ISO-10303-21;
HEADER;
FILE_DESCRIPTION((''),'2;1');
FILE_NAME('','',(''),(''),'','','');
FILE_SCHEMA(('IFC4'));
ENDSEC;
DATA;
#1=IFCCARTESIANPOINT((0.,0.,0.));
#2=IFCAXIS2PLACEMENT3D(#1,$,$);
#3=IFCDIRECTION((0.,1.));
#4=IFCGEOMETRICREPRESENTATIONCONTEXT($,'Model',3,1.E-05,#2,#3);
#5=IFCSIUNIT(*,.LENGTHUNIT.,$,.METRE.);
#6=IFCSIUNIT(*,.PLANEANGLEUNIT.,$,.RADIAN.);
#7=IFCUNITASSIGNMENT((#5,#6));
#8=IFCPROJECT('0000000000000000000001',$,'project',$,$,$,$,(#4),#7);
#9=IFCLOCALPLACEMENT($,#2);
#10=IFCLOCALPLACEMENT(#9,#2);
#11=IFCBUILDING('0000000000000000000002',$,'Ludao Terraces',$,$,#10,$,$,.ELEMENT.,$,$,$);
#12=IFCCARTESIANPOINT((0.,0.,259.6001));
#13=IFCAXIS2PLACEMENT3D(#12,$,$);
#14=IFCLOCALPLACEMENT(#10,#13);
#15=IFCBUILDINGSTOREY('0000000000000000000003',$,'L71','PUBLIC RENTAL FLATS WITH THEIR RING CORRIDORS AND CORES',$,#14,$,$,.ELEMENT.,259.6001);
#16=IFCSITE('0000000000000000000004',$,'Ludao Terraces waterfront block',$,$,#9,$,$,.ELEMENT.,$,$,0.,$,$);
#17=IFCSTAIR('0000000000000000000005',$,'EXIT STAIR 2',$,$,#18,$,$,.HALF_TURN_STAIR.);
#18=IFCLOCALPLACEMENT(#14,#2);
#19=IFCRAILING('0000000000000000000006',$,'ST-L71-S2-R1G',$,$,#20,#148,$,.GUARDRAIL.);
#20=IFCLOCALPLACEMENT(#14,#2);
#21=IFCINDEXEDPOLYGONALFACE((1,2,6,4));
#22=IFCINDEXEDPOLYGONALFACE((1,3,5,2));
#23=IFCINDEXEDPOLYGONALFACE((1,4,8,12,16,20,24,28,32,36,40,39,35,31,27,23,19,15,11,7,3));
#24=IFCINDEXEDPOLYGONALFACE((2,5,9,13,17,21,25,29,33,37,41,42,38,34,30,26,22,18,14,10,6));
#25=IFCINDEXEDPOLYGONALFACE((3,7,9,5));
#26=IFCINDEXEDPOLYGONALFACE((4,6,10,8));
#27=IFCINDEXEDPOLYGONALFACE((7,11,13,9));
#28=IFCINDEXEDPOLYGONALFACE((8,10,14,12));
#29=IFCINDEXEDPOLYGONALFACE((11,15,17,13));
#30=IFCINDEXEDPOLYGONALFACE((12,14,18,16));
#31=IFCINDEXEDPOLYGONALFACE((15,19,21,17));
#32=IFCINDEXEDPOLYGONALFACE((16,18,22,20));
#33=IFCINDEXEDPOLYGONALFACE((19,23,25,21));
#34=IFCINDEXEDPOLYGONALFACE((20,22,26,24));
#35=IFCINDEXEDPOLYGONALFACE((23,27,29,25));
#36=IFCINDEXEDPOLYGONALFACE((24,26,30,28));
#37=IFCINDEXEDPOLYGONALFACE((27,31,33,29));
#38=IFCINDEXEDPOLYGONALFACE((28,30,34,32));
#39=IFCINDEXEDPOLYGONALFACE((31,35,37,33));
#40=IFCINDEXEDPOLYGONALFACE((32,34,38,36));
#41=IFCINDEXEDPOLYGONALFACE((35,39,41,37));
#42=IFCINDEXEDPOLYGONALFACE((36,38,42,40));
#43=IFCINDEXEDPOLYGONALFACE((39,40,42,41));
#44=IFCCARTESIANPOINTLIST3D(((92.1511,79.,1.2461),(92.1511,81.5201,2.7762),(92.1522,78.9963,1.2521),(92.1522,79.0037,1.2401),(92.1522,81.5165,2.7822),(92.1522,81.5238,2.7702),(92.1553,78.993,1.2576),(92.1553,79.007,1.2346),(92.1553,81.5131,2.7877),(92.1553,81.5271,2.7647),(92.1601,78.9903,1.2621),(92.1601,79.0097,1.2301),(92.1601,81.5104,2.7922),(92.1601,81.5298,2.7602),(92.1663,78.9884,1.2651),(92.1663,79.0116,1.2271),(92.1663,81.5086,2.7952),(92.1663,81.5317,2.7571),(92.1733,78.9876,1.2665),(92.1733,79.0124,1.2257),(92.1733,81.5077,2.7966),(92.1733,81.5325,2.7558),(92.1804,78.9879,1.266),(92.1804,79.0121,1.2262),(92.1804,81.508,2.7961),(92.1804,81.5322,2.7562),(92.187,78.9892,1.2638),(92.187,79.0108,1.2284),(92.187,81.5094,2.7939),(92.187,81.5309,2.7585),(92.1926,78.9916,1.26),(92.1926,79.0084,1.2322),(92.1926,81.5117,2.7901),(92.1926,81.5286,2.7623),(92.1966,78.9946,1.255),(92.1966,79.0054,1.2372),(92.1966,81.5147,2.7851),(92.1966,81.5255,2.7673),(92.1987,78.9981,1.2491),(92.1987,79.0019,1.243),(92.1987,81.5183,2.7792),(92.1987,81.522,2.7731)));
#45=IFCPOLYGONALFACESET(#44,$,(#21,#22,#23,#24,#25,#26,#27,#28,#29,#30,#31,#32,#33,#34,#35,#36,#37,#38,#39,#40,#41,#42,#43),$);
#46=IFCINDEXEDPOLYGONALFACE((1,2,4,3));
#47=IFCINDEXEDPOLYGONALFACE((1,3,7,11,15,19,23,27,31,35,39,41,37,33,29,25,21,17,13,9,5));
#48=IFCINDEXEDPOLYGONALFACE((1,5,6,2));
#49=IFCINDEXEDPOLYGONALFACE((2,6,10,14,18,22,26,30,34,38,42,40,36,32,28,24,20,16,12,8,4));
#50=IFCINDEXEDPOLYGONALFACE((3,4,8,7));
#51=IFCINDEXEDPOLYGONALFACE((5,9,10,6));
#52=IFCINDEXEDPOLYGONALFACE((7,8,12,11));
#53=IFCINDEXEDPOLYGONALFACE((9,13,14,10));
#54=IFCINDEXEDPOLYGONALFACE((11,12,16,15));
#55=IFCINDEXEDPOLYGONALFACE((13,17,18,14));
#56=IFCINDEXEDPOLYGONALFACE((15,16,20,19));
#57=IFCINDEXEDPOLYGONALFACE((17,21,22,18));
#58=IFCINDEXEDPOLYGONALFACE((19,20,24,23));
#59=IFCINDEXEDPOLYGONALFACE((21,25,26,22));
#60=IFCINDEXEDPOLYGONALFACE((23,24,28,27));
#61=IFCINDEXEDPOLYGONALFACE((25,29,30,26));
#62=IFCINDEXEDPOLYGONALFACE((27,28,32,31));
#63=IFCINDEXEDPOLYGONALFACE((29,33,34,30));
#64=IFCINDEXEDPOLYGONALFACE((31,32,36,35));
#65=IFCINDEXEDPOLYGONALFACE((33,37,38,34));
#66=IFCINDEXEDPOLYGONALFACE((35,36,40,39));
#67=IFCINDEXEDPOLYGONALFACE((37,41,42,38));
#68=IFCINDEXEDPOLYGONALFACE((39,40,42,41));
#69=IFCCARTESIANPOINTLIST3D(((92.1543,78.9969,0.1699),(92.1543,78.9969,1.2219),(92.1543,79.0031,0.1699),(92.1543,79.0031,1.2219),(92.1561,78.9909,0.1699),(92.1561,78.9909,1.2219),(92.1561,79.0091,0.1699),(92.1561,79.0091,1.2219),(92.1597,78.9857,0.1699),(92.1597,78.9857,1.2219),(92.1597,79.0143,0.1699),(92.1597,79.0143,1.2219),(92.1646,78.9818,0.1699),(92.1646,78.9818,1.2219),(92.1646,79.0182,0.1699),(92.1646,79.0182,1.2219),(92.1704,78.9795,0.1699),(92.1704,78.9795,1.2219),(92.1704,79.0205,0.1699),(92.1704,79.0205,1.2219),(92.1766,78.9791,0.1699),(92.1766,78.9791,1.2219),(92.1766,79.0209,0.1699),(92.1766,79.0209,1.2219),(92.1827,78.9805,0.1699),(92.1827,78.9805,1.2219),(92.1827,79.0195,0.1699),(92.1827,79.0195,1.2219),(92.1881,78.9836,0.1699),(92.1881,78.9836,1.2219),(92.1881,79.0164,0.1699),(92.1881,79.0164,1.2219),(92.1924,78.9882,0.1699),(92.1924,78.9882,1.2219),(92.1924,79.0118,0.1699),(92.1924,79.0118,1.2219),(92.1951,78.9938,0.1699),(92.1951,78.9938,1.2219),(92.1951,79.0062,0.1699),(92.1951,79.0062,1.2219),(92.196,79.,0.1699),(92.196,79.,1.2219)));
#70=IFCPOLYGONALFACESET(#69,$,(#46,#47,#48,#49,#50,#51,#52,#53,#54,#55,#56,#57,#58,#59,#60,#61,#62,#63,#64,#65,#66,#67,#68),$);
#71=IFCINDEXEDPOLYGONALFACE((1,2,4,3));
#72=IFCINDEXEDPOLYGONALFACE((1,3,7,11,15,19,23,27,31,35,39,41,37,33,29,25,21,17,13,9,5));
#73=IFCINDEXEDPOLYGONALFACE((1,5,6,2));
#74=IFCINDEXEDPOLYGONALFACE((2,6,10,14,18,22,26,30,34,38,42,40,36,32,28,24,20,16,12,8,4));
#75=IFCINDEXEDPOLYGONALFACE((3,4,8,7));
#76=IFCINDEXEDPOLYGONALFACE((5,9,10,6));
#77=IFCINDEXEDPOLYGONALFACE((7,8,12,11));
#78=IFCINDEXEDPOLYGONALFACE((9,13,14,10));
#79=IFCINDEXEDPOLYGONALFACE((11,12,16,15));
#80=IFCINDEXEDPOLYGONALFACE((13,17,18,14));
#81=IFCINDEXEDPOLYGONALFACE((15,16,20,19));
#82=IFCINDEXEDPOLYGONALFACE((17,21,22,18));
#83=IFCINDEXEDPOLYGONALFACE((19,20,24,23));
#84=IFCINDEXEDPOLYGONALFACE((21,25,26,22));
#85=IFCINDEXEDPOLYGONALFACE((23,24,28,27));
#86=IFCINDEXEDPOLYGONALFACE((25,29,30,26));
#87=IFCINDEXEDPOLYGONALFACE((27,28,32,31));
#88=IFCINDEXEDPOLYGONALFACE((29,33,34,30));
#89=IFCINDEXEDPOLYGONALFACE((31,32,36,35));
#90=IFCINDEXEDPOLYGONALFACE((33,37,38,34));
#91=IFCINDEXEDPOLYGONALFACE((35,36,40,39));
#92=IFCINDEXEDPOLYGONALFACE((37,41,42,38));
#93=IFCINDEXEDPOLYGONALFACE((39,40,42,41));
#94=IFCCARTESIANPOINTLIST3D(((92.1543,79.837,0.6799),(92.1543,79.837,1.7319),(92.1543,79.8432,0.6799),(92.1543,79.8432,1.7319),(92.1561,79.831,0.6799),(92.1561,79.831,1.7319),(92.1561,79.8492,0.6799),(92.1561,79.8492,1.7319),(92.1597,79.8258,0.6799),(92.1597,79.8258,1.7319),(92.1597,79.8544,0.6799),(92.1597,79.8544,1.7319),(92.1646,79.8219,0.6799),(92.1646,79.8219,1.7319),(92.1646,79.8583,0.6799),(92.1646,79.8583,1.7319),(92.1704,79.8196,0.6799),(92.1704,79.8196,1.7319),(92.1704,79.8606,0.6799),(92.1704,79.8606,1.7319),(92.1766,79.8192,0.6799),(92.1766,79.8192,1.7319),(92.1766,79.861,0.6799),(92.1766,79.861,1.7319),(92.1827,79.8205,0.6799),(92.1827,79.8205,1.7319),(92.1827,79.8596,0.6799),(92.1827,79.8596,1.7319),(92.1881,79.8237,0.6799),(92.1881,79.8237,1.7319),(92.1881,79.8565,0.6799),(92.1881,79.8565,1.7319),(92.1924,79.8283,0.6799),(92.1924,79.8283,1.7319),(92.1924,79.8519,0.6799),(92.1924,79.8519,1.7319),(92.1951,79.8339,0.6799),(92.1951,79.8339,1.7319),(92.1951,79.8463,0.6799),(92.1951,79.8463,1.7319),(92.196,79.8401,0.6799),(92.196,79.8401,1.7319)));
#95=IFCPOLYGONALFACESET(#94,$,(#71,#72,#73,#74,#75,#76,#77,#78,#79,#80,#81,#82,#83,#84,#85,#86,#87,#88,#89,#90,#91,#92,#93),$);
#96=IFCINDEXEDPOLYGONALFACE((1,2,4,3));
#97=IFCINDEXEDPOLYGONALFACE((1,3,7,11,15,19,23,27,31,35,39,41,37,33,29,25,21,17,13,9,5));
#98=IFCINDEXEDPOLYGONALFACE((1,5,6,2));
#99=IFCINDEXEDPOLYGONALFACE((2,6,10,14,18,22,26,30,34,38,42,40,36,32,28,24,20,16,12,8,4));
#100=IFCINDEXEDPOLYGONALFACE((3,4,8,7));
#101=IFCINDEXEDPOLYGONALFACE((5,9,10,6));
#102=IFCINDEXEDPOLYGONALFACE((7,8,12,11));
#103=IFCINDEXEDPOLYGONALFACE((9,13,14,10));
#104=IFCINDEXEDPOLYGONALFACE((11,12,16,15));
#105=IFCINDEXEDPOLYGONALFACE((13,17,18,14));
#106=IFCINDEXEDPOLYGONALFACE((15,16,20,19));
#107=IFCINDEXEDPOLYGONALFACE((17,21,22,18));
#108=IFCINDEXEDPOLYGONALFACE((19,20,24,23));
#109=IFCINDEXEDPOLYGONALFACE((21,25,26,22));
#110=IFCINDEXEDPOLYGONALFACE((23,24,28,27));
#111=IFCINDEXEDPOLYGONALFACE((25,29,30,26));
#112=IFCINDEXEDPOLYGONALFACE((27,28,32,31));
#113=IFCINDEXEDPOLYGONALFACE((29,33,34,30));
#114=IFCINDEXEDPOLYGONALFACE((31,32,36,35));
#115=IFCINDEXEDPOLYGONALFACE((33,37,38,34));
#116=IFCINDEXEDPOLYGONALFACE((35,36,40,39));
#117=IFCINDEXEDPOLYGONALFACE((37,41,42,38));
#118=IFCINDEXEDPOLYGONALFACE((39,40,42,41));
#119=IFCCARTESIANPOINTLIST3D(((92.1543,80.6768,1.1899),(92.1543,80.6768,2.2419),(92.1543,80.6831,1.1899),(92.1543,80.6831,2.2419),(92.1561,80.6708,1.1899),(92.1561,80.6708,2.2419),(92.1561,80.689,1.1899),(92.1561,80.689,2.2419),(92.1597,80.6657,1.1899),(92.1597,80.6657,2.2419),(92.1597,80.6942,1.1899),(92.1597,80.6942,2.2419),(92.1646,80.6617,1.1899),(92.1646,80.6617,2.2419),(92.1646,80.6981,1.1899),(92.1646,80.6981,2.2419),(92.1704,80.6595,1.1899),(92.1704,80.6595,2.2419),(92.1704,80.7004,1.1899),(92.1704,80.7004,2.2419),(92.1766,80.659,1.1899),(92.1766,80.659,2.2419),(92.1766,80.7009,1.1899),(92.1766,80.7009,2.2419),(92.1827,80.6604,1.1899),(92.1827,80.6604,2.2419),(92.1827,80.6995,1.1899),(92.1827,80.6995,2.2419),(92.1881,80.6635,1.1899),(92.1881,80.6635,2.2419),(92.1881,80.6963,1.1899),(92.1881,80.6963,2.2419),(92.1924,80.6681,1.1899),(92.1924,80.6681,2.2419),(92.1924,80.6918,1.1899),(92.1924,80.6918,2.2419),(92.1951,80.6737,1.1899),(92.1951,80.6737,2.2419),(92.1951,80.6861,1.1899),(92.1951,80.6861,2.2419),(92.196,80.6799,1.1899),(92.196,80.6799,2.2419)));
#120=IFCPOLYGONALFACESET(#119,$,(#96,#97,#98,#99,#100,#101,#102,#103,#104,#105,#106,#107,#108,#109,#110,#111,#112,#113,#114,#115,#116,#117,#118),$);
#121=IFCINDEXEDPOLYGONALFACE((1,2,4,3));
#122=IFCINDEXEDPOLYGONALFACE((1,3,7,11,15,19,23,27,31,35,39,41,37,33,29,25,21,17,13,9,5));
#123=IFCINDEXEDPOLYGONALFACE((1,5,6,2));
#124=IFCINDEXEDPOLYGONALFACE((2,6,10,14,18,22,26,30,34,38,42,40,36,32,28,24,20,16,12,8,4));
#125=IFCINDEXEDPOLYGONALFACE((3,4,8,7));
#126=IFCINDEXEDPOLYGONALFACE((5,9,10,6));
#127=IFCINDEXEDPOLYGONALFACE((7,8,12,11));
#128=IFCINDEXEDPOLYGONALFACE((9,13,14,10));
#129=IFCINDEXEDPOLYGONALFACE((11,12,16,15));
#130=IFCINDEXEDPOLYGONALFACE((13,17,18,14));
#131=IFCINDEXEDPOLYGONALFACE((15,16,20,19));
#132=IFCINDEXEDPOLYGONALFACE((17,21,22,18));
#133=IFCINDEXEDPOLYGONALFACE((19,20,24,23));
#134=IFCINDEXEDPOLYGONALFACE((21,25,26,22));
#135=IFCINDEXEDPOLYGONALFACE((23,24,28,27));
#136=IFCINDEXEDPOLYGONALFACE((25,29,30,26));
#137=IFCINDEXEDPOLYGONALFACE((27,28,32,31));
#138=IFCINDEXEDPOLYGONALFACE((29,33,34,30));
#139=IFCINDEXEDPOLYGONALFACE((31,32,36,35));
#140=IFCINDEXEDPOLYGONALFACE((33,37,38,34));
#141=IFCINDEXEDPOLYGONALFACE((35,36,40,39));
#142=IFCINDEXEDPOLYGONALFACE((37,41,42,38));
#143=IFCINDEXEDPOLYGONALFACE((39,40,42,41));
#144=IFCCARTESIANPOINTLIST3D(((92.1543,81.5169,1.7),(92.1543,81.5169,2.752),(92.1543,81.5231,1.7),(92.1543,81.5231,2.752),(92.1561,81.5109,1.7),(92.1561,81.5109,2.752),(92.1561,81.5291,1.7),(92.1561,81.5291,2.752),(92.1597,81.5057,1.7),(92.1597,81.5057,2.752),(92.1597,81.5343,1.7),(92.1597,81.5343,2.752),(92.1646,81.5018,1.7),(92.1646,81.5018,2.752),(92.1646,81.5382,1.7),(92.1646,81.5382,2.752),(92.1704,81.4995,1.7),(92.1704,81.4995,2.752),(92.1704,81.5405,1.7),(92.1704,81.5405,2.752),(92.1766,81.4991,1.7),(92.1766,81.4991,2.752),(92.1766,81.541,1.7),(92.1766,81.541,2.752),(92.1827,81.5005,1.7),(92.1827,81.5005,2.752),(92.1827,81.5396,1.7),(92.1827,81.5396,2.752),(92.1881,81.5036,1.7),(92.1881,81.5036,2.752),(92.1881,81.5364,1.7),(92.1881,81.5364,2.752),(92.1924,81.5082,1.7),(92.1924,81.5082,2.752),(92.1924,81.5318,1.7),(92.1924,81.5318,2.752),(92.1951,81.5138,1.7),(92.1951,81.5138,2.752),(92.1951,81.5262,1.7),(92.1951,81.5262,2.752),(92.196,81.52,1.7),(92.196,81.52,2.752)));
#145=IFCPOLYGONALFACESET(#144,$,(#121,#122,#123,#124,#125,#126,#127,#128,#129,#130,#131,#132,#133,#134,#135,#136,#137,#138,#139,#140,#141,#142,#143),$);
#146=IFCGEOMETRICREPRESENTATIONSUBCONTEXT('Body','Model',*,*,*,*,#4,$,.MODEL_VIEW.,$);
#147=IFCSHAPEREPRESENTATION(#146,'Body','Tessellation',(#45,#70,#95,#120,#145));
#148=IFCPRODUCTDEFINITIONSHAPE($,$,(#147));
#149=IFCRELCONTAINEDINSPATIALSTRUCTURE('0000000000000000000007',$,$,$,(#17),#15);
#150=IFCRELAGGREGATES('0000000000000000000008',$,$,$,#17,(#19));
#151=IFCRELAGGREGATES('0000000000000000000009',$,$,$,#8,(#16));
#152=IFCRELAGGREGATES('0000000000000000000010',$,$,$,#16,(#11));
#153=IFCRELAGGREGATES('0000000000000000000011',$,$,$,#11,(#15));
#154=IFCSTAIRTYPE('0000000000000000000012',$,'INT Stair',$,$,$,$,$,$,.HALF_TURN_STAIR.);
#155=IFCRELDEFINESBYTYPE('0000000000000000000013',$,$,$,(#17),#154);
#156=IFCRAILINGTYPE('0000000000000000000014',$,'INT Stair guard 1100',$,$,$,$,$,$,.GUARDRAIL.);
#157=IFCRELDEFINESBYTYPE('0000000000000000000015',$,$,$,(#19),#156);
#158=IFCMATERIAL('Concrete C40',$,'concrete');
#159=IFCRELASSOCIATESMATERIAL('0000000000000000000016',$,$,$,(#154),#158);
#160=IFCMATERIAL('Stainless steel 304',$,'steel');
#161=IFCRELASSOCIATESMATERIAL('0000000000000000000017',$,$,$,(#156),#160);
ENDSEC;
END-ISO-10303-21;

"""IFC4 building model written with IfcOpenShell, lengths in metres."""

from ifc_helpers import new_model, si_unit, direction, frame, origin, origin_2d, place, context, subcontext, project, spatial, circle, extrude, material, type_object, element, aggregate, save


model = new_model("IFC4")

# Units and contexts
model_context = context("Model", 3, precision=1e-05, world=origin(), true_north=direction((0.0, 1.0)))
body_context = subcontext(model_context, "Body", "Model", "MODEL_VIEW")
ifc_project = project(units=[si_unit("LENGTHUNIT", "METRE"), si_unit("PLANEANGLEUNIT", "RADIAN")], contexts=[model_context])

# Site, building, storey
site_placement = place(None, origin())
site = spatial("IfcSite", under=ifc_project, at=site_placement, Name="Ludao Terraces waterfront block", CompositionType="ELEMENT", RefElevation=0.0)
building_placement = place(site_placement, origin())
building = spatial("IfcBuilding", under=site, at=building_placement, Name="Ludao Terraces", CompositionType="ELEMENT")
storey_placement = place(building_placement, frame((0.0, 0.0, 259.6001)))
storey = spatial("IfcBuildingStorey", under=building, at=storey_placement, Name="L71", Description="PUBLIC RENTAL FLATS WITH THEIR RING CORRIDORS AND CORES", CompositionType="ELEMENT", Elevation=259.6001)

# Shared definitions
ifc_material_1 = material(Name="Concrete C40", Category="concrete")

# Shared definitions
ifc_material_2 = material(Name="Stainless steel 304", Category="steel")

# Stair, railing
stair_type = type_object("IfcStairType", Name="INT Stair", PredefinedType="HALF_TURN_STAIR", material=ifc_material_1)
stair_placement = place(storey_placement, origin())
stair = element("IfcStair", 1, at=stair_placement, inside=storey, type_object=stair_type, Name="EXIT STAIR 2", PredefinedType="HALF_TURN_STAIR")
railing_type_1 = type_object("IfcRailingType", Name="INT Stair guard 1100", PredefinedType="GUARDRAIL", material=ifc_material_2)
railing_1_placement = place(storey_placement, frame((92.175, 79.0, 0.1699)))
railing_1 = element("IfcRailing", 2, at=railing_1_placement, type_object=railing_type_1, Name="ST-L71-S2-R1G", PredefinedType="GUARDRAIL", context=body_context, shape_type="SweptSolid", body=[
    extrude(circle(Radius=0.0239, at=origin_2d()), frame((0.0, 0.0, 1.0762), z_axis=(0.0, 0.854785, 0.518982), x_axis=(-1.0, 0.0, 0.0)), (0.0, 0.0, 1.0), 2.9482),
    extrude(circle(Radius=0.021, at=origin_2d()), origin(), (0.0, 0.0, 1.0), 1.052),
    extrude(circle(Radius=0.021, at=origin_2d()), frame((0.0, 0.8401, 0.51)), (0.0, 0.0, 1.0), 1.052),
    extrude(circle(Radius=0.021, at=origin_2d()), frame((0.0, 1.6799, 1.02)), (0.0, 0.0, 1.0), 1.052),
    extrude(circle(Radius=0.021, at=origin_2d()), frame((0.0, 2.52, 1.53)), (0.0, 0.0, 1.0), 1.052),
])
aggregate(stair, [railing_1])

save(model, "model.ifc")
